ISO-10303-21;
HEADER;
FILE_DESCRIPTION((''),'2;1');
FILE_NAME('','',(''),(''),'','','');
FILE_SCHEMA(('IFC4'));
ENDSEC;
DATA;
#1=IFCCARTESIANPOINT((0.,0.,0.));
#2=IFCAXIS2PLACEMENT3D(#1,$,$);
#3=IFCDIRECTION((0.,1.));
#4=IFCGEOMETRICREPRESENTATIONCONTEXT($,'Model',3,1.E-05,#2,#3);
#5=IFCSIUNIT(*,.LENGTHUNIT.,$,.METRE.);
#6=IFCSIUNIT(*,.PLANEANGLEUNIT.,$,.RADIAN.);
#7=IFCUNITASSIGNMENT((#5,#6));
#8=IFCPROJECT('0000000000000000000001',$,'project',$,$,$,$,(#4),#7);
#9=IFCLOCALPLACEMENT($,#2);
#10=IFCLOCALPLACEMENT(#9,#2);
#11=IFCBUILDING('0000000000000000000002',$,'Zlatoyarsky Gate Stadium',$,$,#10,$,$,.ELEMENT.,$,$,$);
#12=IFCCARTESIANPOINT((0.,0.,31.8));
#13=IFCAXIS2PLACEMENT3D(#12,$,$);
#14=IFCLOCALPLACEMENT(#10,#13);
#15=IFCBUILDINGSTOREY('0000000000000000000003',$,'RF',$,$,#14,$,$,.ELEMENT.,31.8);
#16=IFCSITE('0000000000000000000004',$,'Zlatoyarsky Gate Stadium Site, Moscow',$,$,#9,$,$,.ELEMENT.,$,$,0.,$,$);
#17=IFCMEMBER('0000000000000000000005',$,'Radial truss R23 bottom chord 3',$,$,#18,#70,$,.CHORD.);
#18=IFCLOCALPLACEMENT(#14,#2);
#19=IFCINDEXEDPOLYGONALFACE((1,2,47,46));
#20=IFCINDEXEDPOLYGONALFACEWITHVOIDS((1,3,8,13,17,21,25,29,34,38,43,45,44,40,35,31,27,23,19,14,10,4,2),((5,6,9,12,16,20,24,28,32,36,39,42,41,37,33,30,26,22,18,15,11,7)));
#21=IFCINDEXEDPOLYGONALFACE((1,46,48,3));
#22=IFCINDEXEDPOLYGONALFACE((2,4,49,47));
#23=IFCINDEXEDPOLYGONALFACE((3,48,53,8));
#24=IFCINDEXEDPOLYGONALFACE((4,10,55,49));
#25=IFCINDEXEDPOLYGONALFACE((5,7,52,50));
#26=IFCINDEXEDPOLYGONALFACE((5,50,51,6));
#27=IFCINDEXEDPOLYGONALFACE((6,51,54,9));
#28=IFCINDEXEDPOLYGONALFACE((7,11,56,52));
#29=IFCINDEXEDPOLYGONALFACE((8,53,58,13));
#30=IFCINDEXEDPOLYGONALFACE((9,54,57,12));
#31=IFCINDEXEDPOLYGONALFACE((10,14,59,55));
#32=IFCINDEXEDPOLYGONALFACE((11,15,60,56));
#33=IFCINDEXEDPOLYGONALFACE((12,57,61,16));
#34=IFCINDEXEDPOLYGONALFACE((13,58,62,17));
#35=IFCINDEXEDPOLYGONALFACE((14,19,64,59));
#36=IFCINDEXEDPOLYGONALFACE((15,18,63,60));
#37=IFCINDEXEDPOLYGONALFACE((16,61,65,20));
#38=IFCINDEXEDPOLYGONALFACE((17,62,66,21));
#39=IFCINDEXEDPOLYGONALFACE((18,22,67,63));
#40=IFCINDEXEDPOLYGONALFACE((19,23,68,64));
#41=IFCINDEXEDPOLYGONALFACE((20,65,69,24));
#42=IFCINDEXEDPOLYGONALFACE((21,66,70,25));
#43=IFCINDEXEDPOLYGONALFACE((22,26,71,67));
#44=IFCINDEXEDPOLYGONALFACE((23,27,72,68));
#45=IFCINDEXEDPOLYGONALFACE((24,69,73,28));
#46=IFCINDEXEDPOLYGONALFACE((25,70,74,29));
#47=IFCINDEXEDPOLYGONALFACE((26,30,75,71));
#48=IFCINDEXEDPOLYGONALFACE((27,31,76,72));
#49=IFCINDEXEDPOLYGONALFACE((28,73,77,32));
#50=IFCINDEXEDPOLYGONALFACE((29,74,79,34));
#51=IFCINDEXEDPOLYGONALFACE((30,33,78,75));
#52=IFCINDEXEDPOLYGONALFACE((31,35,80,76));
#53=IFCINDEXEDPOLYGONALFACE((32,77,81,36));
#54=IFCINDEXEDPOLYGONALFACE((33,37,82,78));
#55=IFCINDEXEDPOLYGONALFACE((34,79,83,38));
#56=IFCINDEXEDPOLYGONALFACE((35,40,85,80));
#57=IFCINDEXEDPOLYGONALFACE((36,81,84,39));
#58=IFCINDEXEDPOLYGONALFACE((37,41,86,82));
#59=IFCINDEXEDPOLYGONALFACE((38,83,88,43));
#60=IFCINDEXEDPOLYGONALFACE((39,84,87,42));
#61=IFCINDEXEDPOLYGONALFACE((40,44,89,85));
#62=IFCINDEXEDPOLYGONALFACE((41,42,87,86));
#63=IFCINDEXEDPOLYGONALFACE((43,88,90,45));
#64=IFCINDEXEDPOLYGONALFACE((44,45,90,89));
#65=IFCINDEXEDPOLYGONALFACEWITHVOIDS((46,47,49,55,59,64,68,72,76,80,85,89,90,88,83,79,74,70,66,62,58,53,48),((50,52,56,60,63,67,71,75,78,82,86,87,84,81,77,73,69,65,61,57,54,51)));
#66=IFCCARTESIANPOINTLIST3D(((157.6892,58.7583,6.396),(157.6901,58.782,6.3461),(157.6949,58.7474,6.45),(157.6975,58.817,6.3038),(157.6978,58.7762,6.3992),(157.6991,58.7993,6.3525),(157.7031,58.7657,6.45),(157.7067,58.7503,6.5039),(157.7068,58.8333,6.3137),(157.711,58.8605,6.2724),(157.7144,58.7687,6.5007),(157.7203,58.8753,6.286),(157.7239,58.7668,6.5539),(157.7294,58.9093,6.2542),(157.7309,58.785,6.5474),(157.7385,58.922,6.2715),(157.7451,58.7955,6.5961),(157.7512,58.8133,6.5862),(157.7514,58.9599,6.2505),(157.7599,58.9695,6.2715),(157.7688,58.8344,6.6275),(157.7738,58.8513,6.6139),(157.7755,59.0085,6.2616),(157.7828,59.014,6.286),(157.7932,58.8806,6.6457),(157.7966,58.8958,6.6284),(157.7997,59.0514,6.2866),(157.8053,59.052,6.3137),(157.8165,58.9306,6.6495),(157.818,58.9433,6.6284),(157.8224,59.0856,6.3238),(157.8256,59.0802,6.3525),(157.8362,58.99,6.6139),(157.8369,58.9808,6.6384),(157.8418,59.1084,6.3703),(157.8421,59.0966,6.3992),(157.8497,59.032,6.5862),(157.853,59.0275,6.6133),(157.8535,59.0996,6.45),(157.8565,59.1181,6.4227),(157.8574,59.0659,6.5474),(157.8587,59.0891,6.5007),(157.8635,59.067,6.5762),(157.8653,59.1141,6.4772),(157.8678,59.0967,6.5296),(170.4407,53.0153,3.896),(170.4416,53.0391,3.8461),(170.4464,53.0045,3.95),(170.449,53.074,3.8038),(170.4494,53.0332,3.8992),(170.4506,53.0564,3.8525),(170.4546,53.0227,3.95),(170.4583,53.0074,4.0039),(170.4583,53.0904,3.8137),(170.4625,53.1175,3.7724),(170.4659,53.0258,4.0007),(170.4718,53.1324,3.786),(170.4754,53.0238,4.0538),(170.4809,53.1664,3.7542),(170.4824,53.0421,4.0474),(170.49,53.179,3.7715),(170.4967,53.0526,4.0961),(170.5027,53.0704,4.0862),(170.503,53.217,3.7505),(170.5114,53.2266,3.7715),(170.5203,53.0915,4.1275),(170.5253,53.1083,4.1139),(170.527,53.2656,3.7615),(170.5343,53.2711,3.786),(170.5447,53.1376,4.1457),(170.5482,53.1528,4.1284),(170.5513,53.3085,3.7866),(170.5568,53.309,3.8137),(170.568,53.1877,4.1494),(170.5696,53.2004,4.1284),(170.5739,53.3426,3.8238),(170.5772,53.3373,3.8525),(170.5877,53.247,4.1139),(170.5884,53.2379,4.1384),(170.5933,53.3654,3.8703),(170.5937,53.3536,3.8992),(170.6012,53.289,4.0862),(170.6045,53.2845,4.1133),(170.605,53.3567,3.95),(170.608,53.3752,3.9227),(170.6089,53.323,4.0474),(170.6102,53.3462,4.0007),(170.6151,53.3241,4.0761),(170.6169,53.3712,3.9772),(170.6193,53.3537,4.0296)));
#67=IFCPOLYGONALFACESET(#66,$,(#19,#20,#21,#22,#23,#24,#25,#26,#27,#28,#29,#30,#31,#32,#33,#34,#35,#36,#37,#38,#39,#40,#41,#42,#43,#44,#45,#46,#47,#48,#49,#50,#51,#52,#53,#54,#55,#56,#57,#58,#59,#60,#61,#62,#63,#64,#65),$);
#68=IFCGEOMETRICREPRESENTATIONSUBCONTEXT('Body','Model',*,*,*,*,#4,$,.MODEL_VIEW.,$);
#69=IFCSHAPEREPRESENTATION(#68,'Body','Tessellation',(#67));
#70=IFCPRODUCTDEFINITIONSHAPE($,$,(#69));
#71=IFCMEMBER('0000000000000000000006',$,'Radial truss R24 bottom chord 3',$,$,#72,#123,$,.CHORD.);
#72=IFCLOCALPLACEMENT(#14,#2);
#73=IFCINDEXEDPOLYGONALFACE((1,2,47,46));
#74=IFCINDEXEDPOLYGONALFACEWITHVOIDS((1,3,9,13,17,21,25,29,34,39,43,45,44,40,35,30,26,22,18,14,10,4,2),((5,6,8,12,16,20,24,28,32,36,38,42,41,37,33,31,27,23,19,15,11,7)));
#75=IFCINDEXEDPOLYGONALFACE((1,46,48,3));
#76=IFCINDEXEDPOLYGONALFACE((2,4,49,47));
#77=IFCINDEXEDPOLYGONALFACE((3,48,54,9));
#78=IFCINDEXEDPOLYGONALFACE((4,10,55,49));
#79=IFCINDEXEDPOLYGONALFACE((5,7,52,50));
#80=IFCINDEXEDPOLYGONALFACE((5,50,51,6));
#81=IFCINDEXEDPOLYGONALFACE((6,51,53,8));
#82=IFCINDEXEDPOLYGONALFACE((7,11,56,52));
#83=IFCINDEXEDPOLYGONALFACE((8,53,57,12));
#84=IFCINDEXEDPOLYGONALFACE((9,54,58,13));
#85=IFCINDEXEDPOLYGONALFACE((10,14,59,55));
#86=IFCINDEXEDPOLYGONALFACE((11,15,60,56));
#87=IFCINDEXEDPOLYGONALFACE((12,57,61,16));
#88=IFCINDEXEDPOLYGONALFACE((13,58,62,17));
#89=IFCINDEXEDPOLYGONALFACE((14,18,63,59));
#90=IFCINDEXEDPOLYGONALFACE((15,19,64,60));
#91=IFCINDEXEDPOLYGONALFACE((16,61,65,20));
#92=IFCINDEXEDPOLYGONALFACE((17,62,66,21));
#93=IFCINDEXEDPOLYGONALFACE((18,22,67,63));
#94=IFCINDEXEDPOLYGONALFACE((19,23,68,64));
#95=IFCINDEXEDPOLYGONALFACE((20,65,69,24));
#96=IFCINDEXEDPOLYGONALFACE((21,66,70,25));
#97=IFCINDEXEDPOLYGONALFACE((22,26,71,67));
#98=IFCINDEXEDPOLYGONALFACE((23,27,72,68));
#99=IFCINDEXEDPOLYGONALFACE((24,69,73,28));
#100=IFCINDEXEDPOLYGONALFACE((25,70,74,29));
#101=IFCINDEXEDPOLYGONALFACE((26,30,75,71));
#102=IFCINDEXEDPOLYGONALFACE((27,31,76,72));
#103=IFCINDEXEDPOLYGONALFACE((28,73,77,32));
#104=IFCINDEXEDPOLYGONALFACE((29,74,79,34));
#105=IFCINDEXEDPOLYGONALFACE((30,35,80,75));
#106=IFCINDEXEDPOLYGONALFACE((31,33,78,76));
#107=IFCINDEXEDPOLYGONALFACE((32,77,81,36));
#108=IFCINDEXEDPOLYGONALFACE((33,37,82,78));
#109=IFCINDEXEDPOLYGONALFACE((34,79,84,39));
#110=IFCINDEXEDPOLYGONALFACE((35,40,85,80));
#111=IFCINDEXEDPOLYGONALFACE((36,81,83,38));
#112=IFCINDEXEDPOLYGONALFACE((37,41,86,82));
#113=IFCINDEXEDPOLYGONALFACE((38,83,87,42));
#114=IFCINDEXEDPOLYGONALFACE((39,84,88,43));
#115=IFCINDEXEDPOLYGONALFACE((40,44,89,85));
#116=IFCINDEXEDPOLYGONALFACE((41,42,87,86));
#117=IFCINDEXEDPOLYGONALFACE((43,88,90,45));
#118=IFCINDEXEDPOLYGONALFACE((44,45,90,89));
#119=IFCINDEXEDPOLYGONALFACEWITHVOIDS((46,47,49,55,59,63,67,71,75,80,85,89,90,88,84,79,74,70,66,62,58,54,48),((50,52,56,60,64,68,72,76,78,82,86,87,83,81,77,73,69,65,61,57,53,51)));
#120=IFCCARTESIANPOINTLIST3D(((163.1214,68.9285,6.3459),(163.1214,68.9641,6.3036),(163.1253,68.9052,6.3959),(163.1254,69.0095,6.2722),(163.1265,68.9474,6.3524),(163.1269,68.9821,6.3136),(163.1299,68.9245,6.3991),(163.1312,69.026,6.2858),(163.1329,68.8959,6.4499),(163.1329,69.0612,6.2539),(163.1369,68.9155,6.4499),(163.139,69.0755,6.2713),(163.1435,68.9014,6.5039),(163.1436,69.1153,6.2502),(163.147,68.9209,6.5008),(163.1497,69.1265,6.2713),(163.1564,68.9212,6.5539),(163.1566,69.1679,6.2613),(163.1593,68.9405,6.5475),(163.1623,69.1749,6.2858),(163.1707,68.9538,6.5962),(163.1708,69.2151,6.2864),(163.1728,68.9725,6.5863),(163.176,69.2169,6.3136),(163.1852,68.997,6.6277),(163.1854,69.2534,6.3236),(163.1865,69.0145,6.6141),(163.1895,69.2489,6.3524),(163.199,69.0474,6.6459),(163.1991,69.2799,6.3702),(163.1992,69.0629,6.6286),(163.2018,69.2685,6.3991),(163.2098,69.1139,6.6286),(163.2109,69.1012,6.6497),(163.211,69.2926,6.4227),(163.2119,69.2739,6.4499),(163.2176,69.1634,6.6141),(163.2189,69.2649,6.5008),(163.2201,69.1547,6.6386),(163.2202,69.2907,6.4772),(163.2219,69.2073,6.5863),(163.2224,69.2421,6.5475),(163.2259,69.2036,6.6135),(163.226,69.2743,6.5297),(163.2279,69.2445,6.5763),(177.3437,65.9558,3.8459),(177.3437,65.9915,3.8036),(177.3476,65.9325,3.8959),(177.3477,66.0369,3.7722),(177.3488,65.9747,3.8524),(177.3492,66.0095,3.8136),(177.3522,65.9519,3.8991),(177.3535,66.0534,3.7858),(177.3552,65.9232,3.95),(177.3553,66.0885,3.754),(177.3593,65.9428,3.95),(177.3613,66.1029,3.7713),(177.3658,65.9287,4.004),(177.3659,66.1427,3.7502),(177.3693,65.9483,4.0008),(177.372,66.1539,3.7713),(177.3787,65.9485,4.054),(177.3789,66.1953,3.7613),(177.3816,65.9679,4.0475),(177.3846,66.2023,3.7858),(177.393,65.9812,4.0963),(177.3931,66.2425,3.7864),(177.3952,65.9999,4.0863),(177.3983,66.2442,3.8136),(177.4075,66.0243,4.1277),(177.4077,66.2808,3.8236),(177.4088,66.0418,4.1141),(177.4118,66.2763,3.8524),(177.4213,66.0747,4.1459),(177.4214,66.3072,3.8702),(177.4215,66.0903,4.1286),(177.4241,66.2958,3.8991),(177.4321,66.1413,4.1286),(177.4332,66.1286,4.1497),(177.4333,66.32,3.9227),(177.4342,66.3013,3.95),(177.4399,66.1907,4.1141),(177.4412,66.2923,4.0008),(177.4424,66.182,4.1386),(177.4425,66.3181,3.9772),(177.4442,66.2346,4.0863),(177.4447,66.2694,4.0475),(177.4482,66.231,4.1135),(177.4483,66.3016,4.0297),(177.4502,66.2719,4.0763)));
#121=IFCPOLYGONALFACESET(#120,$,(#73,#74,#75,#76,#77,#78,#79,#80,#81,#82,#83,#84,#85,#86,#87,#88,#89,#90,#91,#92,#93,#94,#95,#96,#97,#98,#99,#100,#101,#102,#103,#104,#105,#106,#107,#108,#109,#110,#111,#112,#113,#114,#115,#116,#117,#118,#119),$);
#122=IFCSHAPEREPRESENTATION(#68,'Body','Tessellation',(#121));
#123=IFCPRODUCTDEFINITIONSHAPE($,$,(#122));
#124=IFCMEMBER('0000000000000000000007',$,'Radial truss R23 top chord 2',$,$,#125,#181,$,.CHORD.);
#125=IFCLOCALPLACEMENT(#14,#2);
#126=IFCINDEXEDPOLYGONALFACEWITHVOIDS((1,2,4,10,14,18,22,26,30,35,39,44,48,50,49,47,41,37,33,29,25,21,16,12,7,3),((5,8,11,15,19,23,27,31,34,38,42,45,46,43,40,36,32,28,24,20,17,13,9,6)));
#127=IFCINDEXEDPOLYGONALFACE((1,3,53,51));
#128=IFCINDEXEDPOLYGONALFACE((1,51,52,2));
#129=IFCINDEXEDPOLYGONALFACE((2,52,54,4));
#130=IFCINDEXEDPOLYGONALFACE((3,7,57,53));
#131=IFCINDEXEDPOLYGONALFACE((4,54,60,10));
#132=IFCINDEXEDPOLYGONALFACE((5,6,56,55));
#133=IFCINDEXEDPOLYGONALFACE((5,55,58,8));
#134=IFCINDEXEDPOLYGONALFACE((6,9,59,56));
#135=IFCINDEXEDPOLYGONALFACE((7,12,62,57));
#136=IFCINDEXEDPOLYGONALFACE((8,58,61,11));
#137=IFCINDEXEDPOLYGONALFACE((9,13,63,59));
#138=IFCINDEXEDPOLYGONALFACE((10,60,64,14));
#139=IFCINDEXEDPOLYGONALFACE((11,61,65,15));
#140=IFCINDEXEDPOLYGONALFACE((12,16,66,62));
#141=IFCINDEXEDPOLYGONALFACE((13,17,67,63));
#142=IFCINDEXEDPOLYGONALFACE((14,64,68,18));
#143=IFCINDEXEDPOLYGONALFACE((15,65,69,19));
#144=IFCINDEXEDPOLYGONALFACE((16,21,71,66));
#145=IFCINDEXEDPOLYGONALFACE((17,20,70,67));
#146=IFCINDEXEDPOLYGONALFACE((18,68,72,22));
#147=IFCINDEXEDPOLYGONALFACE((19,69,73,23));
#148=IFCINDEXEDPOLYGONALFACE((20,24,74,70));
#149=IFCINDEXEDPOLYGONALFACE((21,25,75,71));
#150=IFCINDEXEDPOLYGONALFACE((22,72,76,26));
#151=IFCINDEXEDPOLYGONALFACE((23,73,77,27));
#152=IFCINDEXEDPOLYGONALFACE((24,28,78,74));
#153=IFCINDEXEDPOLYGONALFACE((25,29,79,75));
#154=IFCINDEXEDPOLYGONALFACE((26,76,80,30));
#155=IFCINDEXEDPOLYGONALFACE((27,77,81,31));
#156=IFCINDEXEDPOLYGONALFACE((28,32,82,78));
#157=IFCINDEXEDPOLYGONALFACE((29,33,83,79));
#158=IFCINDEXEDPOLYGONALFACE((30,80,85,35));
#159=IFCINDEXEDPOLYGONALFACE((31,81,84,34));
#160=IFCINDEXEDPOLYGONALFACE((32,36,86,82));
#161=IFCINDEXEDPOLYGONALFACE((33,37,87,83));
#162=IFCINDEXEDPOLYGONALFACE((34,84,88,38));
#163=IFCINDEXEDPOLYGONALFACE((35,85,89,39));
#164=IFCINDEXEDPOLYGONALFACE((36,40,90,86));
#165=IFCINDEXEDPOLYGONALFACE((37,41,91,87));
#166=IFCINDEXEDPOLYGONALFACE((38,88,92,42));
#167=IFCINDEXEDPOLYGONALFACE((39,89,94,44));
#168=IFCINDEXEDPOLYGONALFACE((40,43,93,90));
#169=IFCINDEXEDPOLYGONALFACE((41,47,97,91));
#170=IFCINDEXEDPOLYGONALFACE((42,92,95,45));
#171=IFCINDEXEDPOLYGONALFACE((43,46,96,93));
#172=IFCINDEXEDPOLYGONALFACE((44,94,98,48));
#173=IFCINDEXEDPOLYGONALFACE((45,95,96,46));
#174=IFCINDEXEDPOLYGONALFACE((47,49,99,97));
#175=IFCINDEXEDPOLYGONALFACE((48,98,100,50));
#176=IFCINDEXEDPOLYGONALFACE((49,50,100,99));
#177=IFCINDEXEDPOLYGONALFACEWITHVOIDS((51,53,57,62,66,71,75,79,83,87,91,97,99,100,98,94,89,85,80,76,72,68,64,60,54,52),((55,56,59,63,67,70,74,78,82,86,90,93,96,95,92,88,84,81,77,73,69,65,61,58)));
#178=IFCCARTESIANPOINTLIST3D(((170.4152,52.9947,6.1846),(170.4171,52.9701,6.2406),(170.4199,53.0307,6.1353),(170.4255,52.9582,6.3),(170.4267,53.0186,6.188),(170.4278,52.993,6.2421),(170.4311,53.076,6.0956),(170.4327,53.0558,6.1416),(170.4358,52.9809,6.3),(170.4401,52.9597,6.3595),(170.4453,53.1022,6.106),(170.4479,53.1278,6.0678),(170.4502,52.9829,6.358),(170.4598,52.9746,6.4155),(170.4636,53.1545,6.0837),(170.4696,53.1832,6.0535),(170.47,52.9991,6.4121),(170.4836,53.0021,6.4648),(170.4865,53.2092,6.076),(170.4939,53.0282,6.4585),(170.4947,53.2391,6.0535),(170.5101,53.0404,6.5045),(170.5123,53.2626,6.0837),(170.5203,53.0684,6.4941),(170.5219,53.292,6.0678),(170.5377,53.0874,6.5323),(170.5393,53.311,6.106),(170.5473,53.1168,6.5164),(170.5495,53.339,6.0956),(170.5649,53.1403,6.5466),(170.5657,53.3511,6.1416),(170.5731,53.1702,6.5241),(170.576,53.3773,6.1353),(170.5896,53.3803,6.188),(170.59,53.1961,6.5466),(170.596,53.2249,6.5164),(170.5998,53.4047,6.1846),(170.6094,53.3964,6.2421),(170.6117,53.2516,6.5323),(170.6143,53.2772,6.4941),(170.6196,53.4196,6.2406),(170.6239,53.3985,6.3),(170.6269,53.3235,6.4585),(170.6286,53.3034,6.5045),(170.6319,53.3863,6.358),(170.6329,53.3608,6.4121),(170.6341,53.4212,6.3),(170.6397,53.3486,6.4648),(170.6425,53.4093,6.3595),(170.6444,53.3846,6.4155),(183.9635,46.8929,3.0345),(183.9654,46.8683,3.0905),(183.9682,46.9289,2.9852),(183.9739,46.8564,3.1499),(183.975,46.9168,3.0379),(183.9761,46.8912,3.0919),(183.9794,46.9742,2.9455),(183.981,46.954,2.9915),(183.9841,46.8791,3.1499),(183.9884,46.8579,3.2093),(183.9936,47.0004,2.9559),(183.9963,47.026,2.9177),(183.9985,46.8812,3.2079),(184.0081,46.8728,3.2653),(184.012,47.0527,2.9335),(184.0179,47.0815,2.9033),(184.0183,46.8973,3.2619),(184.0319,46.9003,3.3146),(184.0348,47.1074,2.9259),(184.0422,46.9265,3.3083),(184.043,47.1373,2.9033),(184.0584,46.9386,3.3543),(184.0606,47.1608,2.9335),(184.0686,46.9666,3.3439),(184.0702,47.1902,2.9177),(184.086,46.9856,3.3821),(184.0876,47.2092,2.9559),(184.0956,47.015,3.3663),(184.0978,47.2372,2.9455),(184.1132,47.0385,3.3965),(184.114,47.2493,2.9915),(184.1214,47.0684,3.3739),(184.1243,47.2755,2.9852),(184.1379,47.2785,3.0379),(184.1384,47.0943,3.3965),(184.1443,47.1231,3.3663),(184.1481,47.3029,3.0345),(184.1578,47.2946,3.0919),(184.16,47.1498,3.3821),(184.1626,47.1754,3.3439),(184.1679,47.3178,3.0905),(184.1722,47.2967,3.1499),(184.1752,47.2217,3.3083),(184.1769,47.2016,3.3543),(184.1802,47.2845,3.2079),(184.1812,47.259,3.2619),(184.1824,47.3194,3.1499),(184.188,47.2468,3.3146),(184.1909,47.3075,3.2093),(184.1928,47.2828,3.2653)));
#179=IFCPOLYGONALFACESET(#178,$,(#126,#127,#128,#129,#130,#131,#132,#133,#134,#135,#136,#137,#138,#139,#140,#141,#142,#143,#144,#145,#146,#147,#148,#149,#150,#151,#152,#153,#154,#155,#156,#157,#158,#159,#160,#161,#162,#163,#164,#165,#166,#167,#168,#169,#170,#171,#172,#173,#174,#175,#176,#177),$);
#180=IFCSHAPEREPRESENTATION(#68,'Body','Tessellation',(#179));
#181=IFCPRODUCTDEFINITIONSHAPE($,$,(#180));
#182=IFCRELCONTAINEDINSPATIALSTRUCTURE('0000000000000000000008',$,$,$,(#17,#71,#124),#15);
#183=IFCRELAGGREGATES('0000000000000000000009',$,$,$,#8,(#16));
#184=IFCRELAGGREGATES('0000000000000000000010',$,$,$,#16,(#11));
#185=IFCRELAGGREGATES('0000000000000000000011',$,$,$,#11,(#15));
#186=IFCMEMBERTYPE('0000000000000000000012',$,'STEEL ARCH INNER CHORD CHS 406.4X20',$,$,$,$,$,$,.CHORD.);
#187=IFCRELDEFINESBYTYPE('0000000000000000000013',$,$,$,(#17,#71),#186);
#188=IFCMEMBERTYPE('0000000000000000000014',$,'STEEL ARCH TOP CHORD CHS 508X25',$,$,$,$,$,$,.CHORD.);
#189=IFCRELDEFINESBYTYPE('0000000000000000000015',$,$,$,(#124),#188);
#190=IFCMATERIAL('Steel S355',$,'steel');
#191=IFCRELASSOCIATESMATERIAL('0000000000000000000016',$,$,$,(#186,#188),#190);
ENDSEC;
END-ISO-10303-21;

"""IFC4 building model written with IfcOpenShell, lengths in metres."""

from ifc_helpers import new_model, si_unit, direction, frame, origin, origin_2d, place, context, subcontext, project, spatial, hollow_circle, extrude, material, material_profile, profile_set, type_object, element, save


model = new_model("IFC4")

# Units and contexts
model_context = context("Model", 3, precision=1e-05, world=origin(), true_north=direction((0.0, 1.0)))
body_context = subcontext(model_context, "Body", "Model", "MODEL_VIEW")
ifc_project = project(units=[si_unit("LENGTHUNIT", "METRE"), si_unit("PLANEANGLEUNIT", "RADIAN")], contexts=[model_context])

# Site, building, storey
site_placement = place(None, origin())
site = spatial("IfcSite", under=ifc_project, at=site_placement, Name="Zlatoyarsky Gate Stadium Site, Moscow", CompositionType="ELEMENT", RefElevation=0.0)
building_placement = place(site_placement, origin())
building = spatial("IfcBuilding", under=site, at=building_placement, Name="Zlatoyarsky Gate Stadium", CompositionType="ELEMENT")
storey_placement = place(building_placement, frame((0.0, 0.0, 31.8)))
storey = spatial("IfcBuildingStorey", under=building, at=storey_placement, Name="RF", CompositionType="ELEMENT", Elevation=31.8)

# Members
ifc_material_1 = material(Name="Steel S355", Category="steel")
ifc_material_profile_1 = material_profile(ifc_material_1, hollow_circle(Radius=0.2031, WallThickness=0.02, at=origin_2d()), Name="CHS 406.4X20")
ifc_profile_set_1 = profile_set([ifc_material_profile_1], Name="Steel S355")
member_type_1 = type_object("IfcMemberType", Name="STEEL ARCH INNER CHORD CHS 406.4X20", PredefinedType="CHORD", material=ifc_profile_set_1)
member_1_placement = place(storey_placement, frame((170.5298, 53.1897, 3.95), z_axis=(-0.897566, 0.40424, 0.175973), x_axis=(-0.410648, -0.911794, 0.0)))
element("IfcMember", 1, at=member_1_placement, inside=storey, type_object=member_type_1, Name="Radial truss R23 bottom chord 3", PredefinedType="CHORD", context=body_context, shape_type="SweptSolid", body=[
    extrude(hollow_circle(Radius=0.2031, WallThickness=0.02, at=origin_2d()), origin(), (0.0, 0.0, 1.0), 14.2068),
])
member_2_placement = place(storey_placement, frame((177.3967, 66.1221, 3.95), z_axis=(-0.964672, 0.201628, 0.169569), x_axis=(-0.204591, -0.978848, 0.0)))
element("IfcMember", 2, at=member_2_placement, inside=storey, type_object=member_type_1, Name="Radial truss R24 bottom chord 3", PredefinedType="CHORD", context=body_context, shape_type="SweptSolid", body=[
    extrude(hollow_circle(Radius=0.2031, WallThickness=0.02, at=origin_2d()), origin(), (0.0, 0.0, 1.0), 14.7432),
])
ifc_material_profile_2 = material_profile(ifc_material_1, hollow_circle(Radius=0.2539, WallThickness=0.0249, at=origin_2d()), Name="CHS 508X25")
ifc_profile_set_2 = profile_set([ifc_material_profile_2], Name="Steel S355")
member_type_2 = type_object("IfcMemberType", Name="STEEL ARCH TOP CHORD CHS 508X25", PredefinedType="CHORD", material=ifc_profile_set_2)
member_3_placement = place(storey_placement, frame((184.0781, 47.0879, 3.1499), z_axis=(-0.89197, 0.401719, 0.207393), x_axis=(-0.410647, -0.911794, 0.0)))
element("IfcMember", 3, at=member_3_placement, inside=storey, type_object=member_type_2, Name="Radial truss R23 top chord 2", PredefinedType="CHORD", context=body_context, shape_type="SweptSolid", body=[
    extrude(hollow_circle(Radius=0.2539, WallThickness=0.0249, at=origin_2d()), origin(), (0.0, 0.0, 1.0), 15.1892),
])

save(model, "model.ifc")
